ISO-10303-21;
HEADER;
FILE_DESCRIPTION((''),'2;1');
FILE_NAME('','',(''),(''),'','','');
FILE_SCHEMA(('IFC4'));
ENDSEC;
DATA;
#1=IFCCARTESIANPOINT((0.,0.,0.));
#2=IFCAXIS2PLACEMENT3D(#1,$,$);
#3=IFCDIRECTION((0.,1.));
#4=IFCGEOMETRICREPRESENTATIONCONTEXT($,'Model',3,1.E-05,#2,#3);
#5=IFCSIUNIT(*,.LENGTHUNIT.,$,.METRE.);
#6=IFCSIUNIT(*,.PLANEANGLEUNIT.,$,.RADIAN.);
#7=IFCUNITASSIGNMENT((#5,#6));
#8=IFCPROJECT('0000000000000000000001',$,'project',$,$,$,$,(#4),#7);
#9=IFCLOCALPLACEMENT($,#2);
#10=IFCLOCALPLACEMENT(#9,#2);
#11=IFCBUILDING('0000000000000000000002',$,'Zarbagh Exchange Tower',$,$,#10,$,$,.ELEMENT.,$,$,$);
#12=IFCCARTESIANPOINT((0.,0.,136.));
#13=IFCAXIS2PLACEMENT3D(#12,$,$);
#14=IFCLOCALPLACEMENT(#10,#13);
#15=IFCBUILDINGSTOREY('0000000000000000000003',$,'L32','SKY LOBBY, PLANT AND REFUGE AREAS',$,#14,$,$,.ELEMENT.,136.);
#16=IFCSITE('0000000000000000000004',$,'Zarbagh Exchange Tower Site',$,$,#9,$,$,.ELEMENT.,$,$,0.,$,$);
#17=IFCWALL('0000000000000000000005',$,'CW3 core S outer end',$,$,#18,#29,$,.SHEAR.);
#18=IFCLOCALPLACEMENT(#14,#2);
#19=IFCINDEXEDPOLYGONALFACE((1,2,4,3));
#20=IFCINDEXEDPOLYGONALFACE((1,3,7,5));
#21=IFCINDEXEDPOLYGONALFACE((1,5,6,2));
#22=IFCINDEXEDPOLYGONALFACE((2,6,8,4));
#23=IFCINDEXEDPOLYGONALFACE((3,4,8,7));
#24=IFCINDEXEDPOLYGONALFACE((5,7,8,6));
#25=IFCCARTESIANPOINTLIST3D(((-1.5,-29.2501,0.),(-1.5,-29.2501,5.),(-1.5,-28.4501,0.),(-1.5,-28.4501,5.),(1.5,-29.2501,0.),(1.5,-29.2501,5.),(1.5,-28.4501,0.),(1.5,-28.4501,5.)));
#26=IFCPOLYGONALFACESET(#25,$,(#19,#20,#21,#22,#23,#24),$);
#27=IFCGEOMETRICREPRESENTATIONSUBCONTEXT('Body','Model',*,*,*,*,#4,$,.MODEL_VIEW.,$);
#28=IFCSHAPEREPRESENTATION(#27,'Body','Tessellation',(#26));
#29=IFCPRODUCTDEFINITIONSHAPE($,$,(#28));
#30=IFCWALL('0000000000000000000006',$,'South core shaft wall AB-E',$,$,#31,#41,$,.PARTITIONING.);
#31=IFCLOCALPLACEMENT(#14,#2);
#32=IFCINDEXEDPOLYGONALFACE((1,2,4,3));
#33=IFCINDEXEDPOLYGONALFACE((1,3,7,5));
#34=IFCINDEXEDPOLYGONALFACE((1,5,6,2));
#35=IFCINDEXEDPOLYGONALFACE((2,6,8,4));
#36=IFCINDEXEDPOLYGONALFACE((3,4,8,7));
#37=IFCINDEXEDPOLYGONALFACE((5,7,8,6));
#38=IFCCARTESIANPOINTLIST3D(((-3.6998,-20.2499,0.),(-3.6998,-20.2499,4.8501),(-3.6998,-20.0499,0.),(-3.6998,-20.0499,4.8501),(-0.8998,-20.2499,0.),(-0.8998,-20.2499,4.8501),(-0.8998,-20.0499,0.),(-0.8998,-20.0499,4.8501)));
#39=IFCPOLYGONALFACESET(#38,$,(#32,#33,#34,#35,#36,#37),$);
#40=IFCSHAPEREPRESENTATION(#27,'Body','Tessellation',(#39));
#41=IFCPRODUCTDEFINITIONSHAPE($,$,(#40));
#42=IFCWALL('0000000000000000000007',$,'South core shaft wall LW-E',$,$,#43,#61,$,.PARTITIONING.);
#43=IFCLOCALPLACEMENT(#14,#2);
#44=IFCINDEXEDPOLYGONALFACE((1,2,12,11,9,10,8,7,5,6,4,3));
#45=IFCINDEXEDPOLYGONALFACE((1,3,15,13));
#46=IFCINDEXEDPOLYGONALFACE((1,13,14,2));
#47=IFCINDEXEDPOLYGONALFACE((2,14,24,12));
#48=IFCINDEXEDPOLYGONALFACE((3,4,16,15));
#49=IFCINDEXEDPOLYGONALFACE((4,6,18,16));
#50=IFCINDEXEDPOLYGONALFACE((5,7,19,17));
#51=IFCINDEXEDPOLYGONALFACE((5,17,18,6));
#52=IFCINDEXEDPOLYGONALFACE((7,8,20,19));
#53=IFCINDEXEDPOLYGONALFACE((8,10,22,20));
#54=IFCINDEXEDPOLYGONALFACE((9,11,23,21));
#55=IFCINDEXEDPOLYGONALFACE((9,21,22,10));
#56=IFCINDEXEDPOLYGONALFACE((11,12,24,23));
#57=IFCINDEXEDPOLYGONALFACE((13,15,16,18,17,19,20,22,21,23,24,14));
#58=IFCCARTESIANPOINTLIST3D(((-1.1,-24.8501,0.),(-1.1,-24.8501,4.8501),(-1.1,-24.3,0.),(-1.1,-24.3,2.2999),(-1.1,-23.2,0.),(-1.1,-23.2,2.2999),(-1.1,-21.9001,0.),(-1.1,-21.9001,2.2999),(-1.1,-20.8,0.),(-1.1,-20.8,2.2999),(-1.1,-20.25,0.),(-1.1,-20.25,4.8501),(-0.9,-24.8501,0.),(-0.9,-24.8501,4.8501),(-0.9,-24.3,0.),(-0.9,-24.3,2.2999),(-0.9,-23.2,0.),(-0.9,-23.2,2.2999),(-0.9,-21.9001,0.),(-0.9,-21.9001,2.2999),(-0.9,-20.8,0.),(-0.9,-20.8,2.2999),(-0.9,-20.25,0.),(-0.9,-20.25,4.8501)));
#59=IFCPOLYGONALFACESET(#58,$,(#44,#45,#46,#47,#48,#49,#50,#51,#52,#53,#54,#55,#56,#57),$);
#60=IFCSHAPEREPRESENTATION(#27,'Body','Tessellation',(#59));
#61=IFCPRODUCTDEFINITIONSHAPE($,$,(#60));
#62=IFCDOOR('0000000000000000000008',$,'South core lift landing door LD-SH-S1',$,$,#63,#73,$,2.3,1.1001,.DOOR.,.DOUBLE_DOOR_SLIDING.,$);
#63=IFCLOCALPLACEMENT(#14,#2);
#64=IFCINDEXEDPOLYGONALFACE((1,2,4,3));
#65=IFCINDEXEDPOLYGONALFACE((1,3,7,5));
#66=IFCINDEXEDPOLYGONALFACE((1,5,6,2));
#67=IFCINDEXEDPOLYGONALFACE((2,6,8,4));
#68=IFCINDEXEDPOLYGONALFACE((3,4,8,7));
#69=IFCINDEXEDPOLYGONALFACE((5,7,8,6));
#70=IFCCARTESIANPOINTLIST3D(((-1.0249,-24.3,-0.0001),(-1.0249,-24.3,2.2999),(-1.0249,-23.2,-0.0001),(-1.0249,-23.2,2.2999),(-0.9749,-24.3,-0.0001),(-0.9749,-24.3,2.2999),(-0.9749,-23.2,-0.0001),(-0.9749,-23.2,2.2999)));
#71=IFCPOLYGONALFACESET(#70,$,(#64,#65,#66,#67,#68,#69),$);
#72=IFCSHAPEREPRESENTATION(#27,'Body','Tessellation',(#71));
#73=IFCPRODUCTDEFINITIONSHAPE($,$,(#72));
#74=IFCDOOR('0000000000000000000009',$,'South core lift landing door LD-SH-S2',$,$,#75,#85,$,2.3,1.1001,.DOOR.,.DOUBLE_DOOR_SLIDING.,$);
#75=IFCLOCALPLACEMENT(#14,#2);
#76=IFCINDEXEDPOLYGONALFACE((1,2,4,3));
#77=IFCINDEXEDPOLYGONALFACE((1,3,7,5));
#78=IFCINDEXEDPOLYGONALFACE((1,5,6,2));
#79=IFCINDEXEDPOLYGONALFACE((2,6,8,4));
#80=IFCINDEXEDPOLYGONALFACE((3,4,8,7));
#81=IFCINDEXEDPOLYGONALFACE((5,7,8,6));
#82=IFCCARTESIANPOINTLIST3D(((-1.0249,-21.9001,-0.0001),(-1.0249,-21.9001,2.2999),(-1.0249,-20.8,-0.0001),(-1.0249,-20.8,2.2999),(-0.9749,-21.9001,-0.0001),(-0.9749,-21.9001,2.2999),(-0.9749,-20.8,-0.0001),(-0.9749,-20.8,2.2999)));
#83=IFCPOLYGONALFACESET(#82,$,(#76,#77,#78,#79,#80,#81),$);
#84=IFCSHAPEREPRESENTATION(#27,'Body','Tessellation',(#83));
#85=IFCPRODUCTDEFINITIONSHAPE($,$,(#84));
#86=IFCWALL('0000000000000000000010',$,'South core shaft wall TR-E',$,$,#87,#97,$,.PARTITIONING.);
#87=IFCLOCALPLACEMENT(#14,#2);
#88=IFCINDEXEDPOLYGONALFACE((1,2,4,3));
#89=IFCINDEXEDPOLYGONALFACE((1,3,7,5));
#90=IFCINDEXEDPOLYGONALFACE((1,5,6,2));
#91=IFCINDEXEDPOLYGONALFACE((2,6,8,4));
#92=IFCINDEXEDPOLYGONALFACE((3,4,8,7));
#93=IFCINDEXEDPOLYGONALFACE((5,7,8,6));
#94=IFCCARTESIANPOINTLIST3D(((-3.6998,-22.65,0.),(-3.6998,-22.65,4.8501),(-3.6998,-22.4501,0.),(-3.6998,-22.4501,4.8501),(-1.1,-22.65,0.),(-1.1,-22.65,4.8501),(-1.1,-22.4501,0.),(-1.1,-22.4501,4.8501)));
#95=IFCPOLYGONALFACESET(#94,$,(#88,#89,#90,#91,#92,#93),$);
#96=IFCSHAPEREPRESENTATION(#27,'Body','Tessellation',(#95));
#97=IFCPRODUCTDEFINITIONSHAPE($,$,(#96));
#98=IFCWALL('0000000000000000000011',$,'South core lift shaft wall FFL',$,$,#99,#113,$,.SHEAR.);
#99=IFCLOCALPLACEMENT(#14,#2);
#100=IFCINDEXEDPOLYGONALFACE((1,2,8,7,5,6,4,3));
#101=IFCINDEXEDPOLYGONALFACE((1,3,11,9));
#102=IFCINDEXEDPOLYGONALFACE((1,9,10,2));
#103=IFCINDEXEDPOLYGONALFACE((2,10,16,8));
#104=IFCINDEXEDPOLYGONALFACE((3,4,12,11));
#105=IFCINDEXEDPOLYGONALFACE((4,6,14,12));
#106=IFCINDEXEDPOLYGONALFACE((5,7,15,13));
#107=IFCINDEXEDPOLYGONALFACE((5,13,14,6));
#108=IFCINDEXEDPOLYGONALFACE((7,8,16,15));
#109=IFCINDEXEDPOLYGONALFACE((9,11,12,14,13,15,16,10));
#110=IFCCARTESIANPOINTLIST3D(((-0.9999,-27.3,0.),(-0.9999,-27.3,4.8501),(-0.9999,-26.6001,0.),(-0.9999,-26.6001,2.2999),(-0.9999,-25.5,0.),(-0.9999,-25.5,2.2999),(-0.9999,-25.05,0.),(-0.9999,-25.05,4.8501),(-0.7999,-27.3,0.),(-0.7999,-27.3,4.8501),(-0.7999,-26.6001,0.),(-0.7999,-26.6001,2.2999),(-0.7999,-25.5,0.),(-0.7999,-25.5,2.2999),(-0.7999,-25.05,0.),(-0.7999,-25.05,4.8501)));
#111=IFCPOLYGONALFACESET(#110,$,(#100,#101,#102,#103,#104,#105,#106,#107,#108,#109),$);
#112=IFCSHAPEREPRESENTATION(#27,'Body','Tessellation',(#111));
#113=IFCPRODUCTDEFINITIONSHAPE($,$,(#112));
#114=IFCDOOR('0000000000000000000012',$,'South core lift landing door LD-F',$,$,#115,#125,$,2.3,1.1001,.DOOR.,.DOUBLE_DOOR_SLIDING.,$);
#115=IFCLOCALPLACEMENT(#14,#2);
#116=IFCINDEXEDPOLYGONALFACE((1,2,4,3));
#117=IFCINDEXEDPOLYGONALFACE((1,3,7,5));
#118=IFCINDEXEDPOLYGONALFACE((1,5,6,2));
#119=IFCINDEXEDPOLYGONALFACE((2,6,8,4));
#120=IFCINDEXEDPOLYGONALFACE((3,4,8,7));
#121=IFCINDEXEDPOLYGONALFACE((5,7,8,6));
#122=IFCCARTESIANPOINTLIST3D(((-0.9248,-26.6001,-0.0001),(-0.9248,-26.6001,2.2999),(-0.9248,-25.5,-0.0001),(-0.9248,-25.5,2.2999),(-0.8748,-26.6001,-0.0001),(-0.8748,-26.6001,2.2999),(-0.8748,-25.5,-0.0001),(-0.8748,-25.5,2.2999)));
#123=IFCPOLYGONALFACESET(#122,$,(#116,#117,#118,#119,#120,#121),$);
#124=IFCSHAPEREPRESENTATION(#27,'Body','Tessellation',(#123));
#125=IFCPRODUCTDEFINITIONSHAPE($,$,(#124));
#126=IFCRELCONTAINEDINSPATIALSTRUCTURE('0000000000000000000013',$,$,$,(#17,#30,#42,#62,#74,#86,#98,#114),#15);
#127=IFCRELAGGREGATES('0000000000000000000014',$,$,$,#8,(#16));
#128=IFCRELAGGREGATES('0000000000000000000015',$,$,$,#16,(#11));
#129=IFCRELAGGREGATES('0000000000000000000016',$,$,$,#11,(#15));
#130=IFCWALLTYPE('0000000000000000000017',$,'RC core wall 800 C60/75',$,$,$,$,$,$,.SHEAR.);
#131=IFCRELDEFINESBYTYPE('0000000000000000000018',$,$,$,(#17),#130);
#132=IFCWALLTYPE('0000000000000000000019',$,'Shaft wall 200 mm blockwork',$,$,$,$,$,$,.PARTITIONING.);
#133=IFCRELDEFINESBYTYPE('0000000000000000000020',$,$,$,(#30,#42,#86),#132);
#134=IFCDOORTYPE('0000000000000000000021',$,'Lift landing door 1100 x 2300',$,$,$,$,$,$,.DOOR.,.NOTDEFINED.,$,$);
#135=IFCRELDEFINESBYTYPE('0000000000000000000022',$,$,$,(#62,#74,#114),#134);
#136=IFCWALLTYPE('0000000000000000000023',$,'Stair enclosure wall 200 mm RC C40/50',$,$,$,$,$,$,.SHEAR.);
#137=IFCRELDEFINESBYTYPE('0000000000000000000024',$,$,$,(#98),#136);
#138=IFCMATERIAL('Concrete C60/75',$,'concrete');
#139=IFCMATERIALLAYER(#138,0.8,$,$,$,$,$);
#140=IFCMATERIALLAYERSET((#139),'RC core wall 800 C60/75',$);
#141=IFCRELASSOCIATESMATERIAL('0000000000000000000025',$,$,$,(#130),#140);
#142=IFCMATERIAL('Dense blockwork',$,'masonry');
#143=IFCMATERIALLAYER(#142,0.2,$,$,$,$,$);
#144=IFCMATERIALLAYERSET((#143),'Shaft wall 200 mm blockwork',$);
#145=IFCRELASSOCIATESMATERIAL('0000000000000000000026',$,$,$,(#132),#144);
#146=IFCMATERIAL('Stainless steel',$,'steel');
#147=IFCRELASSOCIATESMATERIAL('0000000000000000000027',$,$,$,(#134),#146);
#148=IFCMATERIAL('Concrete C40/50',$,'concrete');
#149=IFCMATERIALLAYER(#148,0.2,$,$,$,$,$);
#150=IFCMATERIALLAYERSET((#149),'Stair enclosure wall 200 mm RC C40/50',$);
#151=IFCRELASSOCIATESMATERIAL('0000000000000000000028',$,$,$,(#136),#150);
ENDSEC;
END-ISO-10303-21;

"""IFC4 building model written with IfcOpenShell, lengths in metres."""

from ifc_helpers import new_model, si_unit, direction, frame, frame_2d, origin, place, context, subcontext, project, spatial, rectangle, extrude, material, layer, layer_set, type_object, element, fill, save


model = new_model("IFC4")

# Units and contexts
model_context = context("Model", 3, precision=1e-05, world=origin(), true_north=direction((0.0, 1.0)))
body_context = subcontext(model_context, "Body", "Model", "MODEL_VIEW")
ifc_project = project(units=[si_unit("LENGTHUNIT", "METRE"), si_unit("PLANEANGLEUNIT", "RADIAN")], contexts=[model_context])

# Site, building, storey
site_placement = place(None, origin())
site = spatial("IfcSite", under=ifc_project, at=site_placement, Name="Zarbagh Exchange Tower Site", CompositionType="ELEMENT", RefElevation=0.0)
building_placement = place(site_placement, origin())
building = spatial("IfcBuilding", under=site, at=building_placement, Name="Zarbagh Exchange Tower", CompositionType="ELEMENT")
storey_placement = place(building_placement, frame((0.0, 0.0, 136.0)))
storey = spatial("IfcBuildingStorey", under=building, at=storey_placement, Name="L32", Description="SKY LOBBY, PLANT AND REFUGE AREAS", CompositionType="ELEMENT", Elevation=136.0)

# Shared definitions
ifc_material_1 = material(Name="Concrete C60/75", Category="concrete")

# Walls
ifc_layer_1 = layer(ifc_material_1, 0.8)
ifc_layer_set_1 = layer_set([ifc_layer_1], Name="RC core wall 800 C60/75")
wall_type_1 = type_object("IfcWallType", Name="RC core wall 800 C60/75", PredefinedType="SHEAR", material=ifc_layer_set_1)
wall_1_placement = place(storey_placement, frame((-1.5, -28.8501, 0.0), z_axis=(0.0, 0.0, 1.0), x_axis=(1.0, 0.0, 0.0)))
element("IfcWall", 1, at=wall_1_placement, inside=storey, type_object=wall_type_1, Name="CW3 core S outer end", PredefinedType="SHEAR", context=body_context, shape_type="SweptSolid", body=[
    extrude(rectangle(XDim=3.0, YDim=0.8, at=frame_2d((1.5, 0.0))), origin(), (0.0, 0.0, 1.0), 5.0),
])
ifc_material_2 = material(Name="Dense blockwork", Category="masonry")
ifc_layer_2 = layer(ifc_material_2, 0.2)
ifc_layer_set_2 = layer_set([ifc_layer_2], Name="Shaft wall 200 mm blockwork")
wall_type_2 = type_object("IfcWallType", Name="Shaft wall 200 mm blockwork", PredefinedType="PARTITIONING", material=ifc_layer_set_2)
wall_2_placement = place(storey_placement, frame((-0.8999, -20.1499, 0.0), z_axis=(0.0, 0.0, 1.0), x_axis=(-1.0, 0.0, 0.0)))
element("IfcWall", 2, at=wall_2_placement, inside=storey, type_object=wall_type_2, Name="South core shaft wall AB-E", PredefinedType="PARTITIONING", context=body_context, shape_type="SweptSolid", body=[
    extrude(rectangle(XDim=2.8, YDim=0.2, at=frame_2d((1.3999, 0.0))), origin(), (0.0, 0.0, 1.0), 4.8501),
])

# Wall, openings, doors
wall_3_placement = place(storey_placement, frame((-1.0, -24.8501, 0.0), z_axis=(0.0, 0.0, 1.0), x_axis=(0.0, 1.0, 0.0)))
wall_3 = element("IfcWall", 3, at=wall_3_placement, inside=storey, type_object=wall_type_2, Name="South core shaft wall LW-E", PredefinedType="PARTITIONING", context=body_context, shape_type="SweptSolid", body=[
    extrude(rectangle(XDim=4.6001, YDim=0.2, at=frame_2d((2.3, 0.0))), origin(), (0.0, 0.0, 1.0), 4.8501),
])
opening_1_placement = place(wall_3_placement, frame((0.55, 0.0, 0.0)))
opening_1 = element("IfcOpeningElement", 4, at=opening_1_placement, cuts=wall_3, PredefinedType="OPENING", context=body_context, shape_type="SweptSolid", body=[
    extrude(rectangle(XDim=1.1001, YDim=2.3, at=frame_2d((0.55, 1.1499))), frame((0.0, 0.1099, 0.0), z_axis=(0.0, -1.0, 0.0), x_axis=(1.0, 0.0, 0.0)), (0.0, 0.0, 1.0), 0.22),
])
opening_2_placement = place(wall_3_placement, frame((2.95, 0.0, 0.0)))
opening_2 = element("IfcOpeningElement", 5, at=opening_2_placement, cuts=wall_3, PredefinedType="OPENING", context=body_context, shape_type="SweptSolid", body=[
    extrude(rectangle(XDim=1.1001, YDim=2.3, at=frame_2d((0.55, 1.1499))), frame((0.0, 0.1099, 0.0), z_axis=(0.0, -1.0, 0.0), x_axis=(1.0, 0.0, 0.0)), (0.0, 0.0, 1.0), 0.22),
])
ifc_material_3 = material(Name="Stainless steel", Category="steel")
door_type = type_object("IfcDoorType", Name="Lift landing door 1100 x 2300", OperationType="NOTDEFINED", PredefinedType="DOOR", material=ifc_material_3)
door_1_placement = place(opening_1_placement, origin())
door_1 = element("IfcDoor", 6, at=door_1_placement, inside=storey, type_object=door_type, Name="South core lift landing door LD-SH-S1", OperationType="DOUBLE_DOOR_SLIDING", OverallHeight=2.3, OverallWidth=1.1001, PredefinedType="DOOR", context=body_context, shape_type="SweptSolid", body=[
    extrude(rectangle(XDim=1.1001, YDim=2.3, at=frame_2d((0.55, 1.1499))), frame((0.0, 0.0249, 0.0), z_axis=(0.0, -1.0, 0.0), x_axis=(1.0, 0.0, 0.0)), (0.0, 0.0, 1.0), 0.05),
])
fill(opening_1, door_1)
door_2_placement = place(opening_2_placement, origin())
door_2 = element("IfcDoor", 7, at=door_2_placement, inside=storey, type_object=door_type, Name="South core lift landing door LD-SH-S2", OperationType="DOUBLE_DOOR_SLIDING", OverallHeight=2.3, OverallWidth=1.1001, PredefinedType="DOOR", context=body_context, shape_type="SweptSolid", body=[
    extrude(rectangle(XDim=1.1001, YDim=2.3, at=frame_2d((0.55, 1.1499))), frame((0.0, 0.0249, 0.0), z_axis=(0.0, -1.0, 0.0), x_axis=(1.0, 0.0, 0.0)), (0.0, 0.0, 1.0), 0.05),
])
fill(opening_2, door_2)

# Wall
wall_4_placement = place(storey_placement, frame((-1.1001, -22.55, 0.0), z_axis=(0.0, 0.0, 1.0), x_axis=(-1.0, 0.0, 0.0)))
element("IfcWall", 8, at=wall_4_placement, inside=storey, type_object=wall_type_2, Name="South core shaft wall TR-E", PredefinedType="PARTITIONING", context=body_context, shape_type="SweptSolid", body=[
    extrude(rectangle(XDim=2.5999, YDim=0.2, at=frame_2d((1.2998, 0.0))), origin(), (0.0, 0.0, 1.0), 4.8501),
])

# Wall, opening, door
ifc_material_4 = material(Name="Concrete C40/50", Category="concrete")
ifc_layer_3 = layer(ifc_material_4, 0.2)
ifc_layer_set_3 = layer_set([ifc_layer_3], Name="Stair enclosure wall 200 mm RC C40/50")
wall_type_3 = type_object("IfcWallType", Name="Stair enclosure wall 200 mm RC C40/50", PredefinedType="SHEAR", material=ifc_layer_set_3)
wall_5_placement = place(storey_placement, frame((-0.8999, -27.3, 0.0), z_axis=(0.0, 0.0, 1.0), x_axis=(0.0, 1.0, 0.0)))
wall_5 = element("IfcWall", 9, at=wall_5_placement, inside=storey, type_object=wall_type_3, Name="South core lift shaft wall FFL", PredefinedType="SHEAR", context=body_context, shape_type="SweptSolid", body=[
    extrude(rectangle(XDim=2.25, YDim=0.2, at=frame_2d((1.125, 0.0))), origin(), (0.0, 0.0, 1.0), 4.8501),
])
opening_3_placement = place(wall_5_placement, frame((0.7, 0.0, 0.0)))
opening_3 = element("IfcOpeningElement", 10, at=opening_3_placement, cuts=wall_5, PredefinedType="OPENING", context=body_context, shape_type="SweptSolid", body=[
    extrude(rectangle(XDim=1.1001, YDim=2.3, at=frame_2d((0.55, 1.1499))), frame((0.0, 0.1099, 0.0), z_axis=(0.0, -1.0, 0.0), x_axis=(1.0, 0.0, 0.0)), (0.0, 0.0, 1.0), 0.22),
])
door_3_placement = place(opening_3_placement, origin())
door_3 = element("IfcDoor", 11, at=door_3_placement, inside=storey, type_object=door_type, Name="South core lift landing door LD-F", OperationType="DOUBLE_DOOR_SLIDING", OverallHeight=2.3, OverallWidth=1.1001, PredefinedType="DOOR", context=body_context, shape_type="SweptSolid", body=[
    extrude(rectangle(XDim=1.1001, YDim=2.3, at=frame_2d((0.55, 1.1499))), frame((0.0, 0.0249, 0.0), z_axis=(0.0, -1.0, 0.0), x_axis=(1.0, 0.0, 0.0)), (0.0, 0.0, 1.0), 0.05),
])
fill(opening_3, door_3)

save(model, "model.ifc")
